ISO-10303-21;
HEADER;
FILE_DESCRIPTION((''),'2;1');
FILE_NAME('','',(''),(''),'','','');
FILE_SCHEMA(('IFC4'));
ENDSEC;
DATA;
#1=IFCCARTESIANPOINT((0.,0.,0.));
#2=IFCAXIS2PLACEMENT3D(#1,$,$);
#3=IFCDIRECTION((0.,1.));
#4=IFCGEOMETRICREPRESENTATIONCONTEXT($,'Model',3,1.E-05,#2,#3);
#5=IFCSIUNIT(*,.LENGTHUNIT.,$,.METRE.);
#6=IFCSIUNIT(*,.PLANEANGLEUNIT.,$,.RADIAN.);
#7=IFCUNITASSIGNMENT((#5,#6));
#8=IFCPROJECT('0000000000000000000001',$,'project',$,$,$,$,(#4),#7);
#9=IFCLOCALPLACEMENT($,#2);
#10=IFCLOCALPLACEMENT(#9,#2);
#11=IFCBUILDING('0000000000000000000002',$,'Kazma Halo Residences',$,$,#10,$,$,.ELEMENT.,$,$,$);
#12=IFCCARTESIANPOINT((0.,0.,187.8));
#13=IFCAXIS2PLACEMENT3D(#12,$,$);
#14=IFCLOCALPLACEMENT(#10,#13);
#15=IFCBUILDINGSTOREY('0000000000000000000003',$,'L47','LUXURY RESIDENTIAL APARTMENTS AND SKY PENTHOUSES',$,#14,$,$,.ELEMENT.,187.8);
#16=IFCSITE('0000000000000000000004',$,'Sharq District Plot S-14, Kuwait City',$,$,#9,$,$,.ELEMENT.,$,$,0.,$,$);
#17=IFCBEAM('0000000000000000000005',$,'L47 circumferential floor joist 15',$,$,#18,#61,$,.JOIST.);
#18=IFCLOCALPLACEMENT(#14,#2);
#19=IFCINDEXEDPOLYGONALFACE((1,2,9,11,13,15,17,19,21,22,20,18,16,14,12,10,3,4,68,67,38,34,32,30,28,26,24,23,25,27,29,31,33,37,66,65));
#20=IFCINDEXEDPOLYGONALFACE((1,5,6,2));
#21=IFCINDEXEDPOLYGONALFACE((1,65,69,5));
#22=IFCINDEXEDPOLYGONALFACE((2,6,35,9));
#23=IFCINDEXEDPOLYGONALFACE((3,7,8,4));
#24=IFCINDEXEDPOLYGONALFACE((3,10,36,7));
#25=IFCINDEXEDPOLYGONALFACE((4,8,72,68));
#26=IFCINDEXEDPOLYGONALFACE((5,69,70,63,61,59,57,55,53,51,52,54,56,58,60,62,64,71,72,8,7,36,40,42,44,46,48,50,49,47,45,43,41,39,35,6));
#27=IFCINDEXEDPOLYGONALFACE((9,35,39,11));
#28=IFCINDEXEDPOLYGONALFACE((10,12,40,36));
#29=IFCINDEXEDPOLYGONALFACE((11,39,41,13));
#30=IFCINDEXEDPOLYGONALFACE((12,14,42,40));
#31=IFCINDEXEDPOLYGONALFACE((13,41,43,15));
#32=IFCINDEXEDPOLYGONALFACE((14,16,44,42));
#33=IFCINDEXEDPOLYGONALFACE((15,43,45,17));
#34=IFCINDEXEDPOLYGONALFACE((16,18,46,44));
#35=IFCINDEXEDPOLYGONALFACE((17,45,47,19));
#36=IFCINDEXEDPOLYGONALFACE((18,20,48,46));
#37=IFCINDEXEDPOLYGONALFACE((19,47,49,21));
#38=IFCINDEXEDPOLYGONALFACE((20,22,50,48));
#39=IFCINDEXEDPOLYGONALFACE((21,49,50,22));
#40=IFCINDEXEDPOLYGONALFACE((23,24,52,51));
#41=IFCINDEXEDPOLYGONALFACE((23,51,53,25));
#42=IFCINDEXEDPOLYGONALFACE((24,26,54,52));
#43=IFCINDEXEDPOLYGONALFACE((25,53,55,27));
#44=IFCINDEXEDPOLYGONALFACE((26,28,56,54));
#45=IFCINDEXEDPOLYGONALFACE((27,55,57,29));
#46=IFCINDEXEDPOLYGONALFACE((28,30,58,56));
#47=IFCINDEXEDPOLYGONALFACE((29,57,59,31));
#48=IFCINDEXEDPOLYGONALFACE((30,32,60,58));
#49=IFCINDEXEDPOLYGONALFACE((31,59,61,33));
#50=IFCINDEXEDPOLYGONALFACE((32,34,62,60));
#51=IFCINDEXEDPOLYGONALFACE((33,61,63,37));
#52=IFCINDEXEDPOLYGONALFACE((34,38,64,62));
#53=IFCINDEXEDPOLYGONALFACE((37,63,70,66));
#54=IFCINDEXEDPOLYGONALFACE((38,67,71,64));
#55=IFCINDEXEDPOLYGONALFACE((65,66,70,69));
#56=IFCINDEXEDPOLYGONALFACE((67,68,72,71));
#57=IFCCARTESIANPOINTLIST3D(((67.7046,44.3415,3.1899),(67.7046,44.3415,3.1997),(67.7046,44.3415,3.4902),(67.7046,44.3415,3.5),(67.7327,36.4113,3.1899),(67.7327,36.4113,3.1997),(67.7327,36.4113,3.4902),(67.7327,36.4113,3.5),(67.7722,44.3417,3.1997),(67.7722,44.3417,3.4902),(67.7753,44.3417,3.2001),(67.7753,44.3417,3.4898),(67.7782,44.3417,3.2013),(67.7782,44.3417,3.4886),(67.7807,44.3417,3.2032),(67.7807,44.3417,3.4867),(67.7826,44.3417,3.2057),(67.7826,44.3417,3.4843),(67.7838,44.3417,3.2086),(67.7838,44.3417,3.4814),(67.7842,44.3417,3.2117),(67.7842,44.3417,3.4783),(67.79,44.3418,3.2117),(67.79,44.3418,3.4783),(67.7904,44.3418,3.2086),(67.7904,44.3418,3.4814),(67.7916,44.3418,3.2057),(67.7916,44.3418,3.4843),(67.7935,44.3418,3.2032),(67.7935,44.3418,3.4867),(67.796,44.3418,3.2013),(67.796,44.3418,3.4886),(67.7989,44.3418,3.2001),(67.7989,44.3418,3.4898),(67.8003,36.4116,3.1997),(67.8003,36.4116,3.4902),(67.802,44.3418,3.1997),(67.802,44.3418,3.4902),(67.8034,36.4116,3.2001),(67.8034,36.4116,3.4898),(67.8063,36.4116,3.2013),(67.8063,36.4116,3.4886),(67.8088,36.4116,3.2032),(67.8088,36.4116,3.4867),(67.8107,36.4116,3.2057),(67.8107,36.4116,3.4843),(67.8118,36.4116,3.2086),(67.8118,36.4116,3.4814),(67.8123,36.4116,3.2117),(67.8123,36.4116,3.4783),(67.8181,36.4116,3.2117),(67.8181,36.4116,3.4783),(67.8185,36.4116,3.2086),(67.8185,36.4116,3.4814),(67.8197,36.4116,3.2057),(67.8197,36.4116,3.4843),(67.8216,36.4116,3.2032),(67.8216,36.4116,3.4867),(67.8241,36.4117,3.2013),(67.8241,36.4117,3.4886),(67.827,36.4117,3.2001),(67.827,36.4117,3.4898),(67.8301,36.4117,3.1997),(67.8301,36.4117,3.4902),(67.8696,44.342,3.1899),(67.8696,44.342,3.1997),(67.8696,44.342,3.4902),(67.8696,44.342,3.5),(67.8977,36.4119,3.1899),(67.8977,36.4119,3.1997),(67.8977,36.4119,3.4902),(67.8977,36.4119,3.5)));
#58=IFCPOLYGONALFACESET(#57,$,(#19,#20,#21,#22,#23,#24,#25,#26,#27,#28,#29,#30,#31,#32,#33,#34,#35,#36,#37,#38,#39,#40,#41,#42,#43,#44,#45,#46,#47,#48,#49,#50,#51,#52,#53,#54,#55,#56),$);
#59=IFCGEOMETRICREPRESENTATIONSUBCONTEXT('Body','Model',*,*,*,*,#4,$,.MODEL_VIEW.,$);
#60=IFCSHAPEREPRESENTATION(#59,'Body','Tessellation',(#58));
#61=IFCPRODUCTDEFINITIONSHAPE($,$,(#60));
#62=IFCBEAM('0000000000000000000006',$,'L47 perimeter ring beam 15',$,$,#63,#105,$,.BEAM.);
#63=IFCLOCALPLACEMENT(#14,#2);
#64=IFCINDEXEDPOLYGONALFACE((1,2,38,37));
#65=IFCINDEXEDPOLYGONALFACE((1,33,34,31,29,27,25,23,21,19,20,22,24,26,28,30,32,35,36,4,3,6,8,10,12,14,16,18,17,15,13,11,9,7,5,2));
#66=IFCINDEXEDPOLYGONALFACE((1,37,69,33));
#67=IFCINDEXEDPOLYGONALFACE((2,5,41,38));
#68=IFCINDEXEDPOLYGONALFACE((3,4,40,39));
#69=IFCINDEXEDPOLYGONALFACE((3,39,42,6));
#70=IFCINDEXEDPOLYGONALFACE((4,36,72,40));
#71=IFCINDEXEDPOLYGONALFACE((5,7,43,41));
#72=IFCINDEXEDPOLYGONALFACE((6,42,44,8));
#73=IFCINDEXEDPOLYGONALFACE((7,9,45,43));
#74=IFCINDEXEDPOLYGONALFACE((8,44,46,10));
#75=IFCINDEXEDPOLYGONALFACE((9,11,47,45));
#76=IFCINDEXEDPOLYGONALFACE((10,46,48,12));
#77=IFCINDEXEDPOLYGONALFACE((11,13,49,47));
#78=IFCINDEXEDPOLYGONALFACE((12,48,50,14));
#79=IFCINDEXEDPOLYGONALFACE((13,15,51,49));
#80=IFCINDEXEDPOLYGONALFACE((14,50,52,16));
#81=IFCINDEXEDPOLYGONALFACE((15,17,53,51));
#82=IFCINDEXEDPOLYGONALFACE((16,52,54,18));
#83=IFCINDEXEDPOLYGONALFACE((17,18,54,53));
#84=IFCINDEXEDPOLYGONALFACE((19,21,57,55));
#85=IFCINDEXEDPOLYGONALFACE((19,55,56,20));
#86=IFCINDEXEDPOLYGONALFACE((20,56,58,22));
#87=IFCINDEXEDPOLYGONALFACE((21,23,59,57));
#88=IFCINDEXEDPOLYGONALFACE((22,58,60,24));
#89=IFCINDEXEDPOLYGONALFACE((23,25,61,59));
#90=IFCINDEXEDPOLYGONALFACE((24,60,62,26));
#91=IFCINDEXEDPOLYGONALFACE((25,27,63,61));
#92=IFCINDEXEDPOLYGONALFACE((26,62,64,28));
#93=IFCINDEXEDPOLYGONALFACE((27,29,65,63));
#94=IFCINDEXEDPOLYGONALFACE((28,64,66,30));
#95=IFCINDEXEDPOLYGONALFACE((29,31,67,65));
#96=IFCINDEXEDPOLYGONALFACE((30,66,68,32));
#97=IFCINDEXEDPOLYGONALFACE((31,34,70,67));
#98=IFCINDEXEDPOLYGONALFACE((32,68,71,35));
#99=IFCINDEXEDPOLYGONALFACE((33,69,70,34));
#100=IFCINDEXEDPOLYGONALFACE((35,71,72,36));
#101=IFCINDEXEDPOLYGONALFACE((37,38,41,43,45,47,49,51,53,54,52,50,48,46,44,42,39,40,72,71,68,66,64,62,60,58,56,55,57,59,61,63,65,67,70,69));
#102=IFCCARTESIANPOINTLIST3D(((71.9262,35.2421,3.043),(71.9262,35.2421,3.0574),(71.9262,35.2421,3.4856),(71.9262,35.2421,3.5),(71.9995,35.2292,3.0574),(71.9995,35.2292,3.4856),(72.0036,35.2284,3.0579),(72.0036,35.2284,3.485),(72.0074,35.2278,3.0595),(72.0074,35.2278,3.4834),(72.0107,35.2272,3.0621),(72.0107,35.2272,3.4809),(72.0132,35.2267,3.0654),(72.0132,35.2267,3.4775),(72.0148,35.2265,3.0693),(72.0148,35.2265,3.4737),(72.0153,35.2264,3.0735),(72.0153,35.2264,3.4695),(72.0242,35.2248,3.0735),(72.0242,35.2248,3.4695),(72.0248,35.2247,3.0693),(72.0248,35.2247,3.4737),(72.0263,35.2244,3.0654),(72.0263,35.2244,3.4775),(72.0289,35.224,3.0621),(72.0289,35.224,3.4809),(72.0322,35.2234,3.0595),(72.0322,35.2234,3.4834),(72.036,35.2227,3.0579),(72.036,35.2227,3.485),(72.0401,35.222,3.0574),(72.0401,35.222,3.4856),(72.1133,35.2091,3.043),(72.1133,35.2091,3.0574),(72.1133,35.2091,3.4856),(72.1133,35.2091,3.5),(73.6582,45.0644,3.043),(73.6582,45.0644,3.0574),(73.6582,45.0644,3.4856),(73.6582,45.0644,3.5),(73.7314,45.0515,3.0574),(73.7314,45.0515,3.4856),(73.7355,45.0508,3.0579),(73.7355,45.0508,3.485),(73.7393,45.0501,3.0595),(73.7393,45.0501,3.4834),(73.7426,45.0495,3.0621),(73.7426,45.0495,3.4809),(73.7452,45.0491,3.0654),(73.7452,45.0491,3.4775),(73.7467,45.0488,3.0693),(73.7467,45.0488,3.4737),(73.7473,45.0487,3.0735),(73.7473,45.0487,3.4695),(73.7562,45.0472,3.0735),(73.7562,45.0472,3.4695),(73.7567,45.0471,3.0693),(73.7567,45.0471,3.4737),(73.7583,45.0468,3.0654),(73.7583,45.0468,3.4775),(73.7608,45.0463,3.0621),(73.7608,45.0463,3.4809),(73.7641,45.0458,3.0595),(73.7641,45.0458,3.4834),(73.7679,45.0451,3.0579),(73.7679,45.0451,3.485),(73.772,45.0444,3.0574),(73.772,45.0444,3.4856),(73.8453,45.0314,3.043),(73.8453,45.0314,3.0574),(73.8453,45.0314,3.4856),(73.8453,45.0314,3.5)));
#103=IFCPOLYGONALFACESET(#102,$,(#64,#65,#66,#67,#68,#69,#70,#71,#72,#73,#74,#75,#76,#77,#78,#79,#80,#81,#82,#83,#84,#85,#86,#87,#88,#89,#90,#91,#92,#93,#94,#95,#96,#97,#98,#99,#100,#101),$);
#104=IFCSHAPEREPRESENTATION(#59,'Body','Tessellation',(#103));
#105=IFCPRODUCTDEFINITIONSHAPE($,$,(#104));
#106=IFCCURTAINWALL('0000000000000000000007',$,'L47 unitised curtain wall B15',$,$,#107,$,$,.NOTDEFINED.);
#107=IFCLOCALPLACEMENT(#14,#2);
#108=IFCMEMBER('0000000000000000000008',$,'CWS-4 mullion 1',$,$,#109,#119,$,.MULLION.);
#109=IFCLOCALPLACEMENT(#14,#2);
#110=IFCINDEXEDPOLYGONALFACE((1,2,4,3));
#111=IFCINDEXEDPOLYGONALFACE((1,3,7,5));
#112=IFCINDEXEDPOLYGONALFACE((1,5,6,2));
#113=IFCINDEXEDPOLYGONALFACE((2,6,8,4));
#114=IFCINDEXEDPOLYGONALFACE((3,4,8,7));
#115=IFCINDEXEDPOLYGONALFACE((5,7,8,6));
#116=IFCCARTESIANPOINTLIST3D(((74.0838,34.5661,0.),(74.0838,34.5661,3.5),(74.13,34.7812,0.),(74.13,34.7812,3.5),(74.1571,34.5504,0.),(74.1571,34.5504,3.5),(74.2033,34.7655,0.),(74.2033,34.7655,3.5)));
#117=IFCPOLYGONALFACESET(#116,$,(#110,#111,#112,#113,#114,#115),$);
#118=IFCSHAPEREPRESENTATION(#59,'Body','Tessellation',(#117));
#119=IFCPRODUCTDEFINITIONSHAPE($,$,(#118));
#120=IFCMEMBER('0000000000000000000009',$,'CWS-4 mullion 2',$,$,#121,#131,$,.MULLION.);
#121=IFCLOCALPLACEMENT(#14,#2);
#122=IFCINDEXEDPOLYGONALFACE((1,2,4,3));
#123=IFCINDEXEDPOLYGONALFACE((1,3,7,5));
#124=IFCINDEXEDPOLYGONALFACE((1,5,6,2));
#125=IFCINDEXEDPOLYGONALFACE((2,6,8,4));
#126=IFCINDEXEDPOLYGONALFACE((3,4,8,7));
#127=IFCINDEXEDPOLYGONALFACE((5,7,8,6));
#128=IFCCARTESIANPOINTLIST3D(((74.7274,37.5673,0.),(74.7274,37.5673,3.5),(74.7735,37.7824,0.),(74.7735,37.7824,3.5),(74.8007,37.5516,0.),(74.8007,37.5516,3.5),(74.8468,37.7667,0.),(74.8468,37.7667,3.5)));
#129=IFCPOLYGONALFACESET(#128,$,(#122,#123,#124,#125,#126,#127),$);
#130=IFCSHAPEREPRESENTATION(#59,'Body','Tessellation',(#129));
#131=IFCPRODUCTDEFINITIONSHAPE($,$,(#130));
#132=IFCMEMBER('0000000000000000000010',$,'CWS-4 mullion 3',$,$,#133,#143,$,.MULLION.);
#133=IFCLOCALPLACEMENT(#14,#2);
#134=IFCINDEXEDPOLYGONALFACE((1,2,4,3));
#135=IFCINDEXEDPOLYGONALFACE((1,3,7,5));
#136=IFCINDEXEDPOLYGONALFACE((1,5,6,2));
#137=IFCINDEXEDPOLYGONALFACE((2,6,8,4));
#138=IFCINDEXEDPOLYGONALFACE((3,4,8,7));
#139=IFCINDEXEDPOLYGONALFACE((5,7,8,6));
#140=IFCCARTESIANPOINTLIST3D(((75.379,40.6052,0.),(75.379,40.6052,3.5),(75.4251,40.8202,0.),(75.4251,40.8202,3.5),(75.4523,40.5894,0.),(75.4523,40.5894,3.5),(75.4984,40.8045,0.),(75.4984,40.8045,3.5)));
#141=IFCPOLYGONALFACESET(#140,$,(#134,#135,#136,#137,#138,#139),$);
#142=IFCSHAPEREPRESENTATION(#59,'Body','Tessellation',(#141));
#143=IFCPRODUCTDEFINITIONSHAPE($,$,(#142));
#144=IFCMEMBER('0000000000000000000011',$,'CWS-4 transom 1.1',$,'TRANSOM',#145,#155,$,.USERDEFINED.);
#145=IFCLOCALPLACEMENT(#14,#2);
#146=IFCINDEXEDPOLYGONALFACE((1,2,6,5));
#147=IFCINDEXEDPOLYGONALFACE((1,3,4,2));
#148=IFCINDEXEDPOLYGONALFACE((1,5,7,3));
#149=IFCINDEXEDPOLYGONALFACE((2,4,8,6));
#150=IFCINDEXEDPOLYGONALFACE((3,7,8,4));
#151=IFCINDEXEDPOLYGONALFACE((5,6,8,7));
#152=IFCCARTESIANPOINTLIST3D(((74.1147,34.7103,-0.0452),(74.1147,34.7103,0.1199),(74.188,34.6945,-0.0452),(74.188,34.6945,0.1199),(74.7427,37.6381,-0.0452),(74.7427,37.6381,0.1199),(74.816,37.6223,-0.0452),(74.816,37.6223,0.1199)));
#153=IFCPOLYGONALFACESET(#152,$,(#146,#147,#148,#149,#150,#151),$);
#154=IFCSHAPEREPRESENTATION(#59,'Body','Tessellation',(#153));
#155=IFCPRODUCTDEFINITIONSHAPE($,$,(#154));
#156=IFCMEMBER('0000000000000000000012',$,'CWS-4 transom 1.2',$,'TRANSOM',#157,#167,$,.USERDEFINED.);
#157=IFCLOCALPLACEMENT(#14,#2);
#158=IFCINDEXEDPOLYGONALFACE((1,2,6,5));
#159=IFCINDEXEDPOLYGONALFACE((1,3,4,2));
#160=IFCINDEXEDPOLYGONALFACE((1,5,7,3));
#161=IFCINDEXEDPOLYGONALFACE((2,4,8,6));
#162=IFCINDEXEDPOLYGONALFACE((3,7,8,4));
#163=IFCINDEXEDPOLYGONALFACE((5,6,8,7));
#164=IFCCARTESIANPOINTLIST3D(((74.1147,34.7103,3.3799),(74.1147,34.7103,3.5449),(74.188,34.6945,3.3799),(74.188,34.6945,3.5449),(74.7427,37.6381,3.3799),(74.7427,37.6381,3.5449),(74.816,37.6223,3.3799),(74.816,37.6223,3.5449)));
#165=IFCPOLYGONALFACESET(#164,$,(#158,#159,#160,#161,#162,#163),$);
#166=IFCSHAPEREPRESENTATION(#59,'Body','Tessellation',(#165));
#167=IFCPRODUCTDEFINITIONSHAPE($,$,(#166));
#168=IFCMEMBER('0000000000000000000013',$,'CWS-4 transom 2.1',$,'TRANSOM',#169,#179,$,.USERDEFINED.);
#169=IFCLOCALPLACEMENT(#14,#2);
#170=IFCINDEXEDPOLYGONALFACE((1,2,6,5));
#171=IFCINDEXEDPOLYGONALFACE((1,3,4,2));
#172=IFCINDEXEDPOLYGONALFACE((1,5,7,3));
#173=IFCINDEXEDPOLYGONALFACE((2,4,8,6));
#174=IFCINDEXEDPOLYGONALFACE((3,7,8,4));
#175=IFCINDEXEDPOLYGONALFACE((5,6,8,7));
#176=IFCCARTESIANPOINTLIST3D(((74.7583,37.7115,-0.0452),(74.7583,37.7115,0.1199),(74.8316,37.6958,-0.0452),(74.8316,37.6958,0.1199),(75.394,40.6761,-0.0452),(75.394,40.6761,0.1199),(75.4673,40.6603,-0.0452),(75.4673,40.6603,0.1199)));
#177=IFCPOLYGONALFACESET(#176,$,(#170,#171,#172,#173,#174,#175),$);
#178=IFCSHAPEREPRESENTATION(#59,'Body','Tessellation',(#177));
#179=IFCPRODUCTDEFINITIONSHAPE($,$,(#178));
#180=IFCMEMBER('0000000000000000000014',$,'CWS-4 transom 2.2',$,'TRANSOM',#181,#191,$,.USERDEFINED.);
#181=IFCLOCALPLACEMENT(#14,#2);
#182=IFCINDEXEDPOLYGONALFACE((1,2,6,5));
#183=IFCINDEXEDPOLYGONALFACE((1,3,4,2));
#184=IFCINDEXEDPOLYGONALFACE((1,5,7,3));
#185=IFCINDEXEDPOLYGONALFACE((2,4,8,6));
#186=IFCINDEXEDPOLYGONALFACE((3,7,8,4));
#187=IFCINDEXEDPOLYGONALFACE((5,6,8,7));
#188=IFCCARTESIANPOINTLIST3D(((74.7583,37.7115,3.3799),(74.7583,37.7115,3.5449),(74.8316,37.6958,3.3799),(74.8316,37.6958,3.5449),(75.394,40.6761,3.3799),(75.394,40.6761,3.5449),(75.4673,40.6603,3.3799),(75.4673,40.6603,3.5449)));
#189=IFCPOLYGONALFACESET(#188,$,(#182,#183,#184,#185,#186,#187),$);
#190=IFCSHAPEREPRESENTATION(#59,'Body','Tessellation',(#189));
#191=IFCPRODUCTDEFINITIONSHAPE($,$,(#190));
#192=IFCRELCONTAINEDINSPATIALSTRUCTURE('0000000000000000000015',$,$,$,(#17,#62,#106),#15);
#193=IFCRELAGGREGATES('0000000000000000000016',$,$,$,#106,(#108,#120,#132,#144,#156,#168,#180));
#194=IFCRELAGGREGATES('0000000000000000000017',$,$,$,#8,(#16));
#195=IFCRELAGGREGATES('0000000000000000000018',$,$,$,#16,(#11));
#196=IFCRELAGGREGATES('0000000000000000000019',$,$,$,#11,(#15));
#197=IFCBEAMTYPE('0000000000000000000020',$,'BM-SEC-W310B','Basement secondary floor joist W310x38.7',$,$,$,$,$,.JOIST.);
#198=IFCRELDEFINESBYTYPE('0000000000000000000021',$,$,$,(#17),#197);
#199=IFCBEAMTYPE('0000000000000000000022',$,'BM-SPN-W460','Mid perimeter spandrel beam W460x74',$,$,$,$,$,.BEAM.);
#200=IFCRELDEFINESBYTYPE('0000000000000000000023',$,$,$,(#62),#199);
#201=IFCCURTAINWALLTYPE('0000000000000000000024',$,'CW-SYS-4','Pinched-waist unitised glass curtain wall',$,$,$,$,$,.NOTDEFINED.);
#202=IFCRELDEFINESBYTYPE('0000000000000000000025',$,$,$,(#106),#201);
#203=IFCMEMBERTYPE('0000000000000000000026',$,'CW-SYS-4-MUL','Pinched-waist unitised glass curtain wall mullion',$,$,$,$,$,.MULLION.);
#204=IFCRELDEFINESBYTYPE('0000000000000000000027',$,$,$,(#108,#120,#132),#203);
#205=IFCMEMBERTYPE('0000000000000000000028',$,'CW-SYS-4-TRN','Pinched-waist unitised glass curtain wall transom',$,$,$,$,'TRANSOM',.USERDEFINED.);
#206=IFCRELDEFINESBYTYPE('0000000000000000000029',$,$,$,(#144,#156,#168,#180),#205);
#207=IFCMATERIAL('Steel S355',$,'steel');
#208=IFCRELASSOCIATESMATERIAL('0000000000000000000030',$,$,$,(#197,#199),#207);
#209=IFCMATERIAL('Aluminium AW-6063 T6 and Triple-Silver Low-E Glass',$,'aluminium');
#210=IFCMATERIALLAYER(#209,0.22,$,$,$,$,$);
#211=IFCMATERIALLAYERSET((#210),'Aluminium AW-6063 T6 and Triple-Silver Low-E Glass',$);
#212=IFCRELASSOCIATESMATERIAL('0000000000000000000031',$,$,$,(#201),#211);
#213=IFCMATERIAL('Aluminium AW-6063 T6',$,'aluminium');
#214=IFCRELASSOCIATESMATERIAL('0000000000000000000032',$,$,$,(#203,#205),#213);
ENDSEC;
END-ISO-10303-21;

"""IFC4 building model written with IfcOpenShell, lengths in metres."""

from ifc_helpers import new_model, si_unit, direction, frame, origin, origin_2d, place, context, subcontext, project, spatial, rectangle, i_section, extrude, material, layer, layer_set, material_profile, profile_set, type_object, element, aggregate, save


model = new_model("IFC4")

# Units and contexts
model_context = context("Model", 3, precision=1e-05, world=origin(), true_north=direction((0.0, 1.0)))
body_context = subcontext(model_context, "Body", "Model", "MODEL_VIEW")
ifc_project = project(units=[si_unit("LENGTHUNIT", "METRE"), si_unit("PLANEANGLEUNIT", "RADIAN")], contexts=[model_context])

# Site, building, storey
site_placement = place(None, origin())
site = spatial("IfcSite", under=ifc_project, at=site_placement, Name="Sharq District Plot S-14, Kuwait City", CompositionType="ELEMENT", RefElevation=0.0)
building_placement = place(site_placement, origin())
building = spatial("IfcBuilding", under=site, at=building_placement, Name="Kazma Halo Residences", CompositionType="ELEMENT")
storey_placement = place(building_placement, frame((0.0, 0.0, 187.8)))
storey = spatial("IfcBuildingStorey", under=building, at=storey_placement, Name="L47", Description="LUXURY RESIDENTIAL APARTMENTS AND SKY PENTHOUSES", CompositionType="ELEMENT", Elevation=187.8)

# Beams
ifc_material_1 = material(Name="Steel S355", Category="steel")
ifc_material_profile_1 = material_profile(ifc_material_1, i_section(OverallWidth=0.165, OverallDepth=0.3101, WebThickness=0.0059, FlangeThickness=0.0098, FilletRadius=0.012, at=origin_2d()), Name="W310x38.7")
ifc_profile_set_1 = profile_set([ifc_material_profile_1], Name="Steel S355")
beam_type_1 = type_object("IfcBeamType", Name="BM-SEC-W310B", Description="Basement secondary floor joist W310x38.7", PredefinedType="JOIST", material=ifc_profile_set_1)
beam_1_placement = place(storey_placement, frame((67.8152, 36.4116, 3.345), z_axis=(-0.00354, 0.999994, 0.0), x_axis=(-0.999994, -0.00354, 0.0)))
element("IfcBeam", 1, at=beam_1_placement, inside=storey, type_object=beam_type_1, Name="L47 circumferential floor joist 15", PredefinedType="JOIST", context=body_context, shape_type="SweptSolid", body=[
    extrude(i_section(OverallWidth=0.165, OverallDepth=0.3101, WebThickness=0.0059, FlangeThickness=0.0098, FilletRadius=0.012, at=origin_2d()), origin(), (0.0, 0.0, 1.0), 7.9302),
])
ifc_material_profile_2 = material_profile(ifc_material_1, i_section(OverallWidth=0.1899, OverallDepth=0.457, WebThickness=0.009, FlangeThickness=0.0144, FilletRadius=0.0161, at=origin_2d()), Name="W460x74")
ifc_profile_set_2 = profile_set([ifc_material_profile_2], Name="Steel S355")
beam_type_2 = type_object("IfcBeamType", Name="BM-SPN-W460", Description="Mid perimeter spandrel beam W460x74", PredefinedType="BEAM", material=ifc_profile_set_2)
beam_2_placement = place(storey_placement, frame((72.0198, 35.2256, 3.2715), z_axis=(0.173648, 0.984808, 0.0), x_axis=(-0.984808, 0.173648, 0.0)))
element("IfcBeam", 2, at=beam_2_placement, inside=storey, type_object=beam_type_2, Name="L47 perimeter ring beam 15", PredefinedType="BEAM", context=body_context, shape_type="SweptSolid", body=[
    extrude(i_section(OverallWidth=0.1899, OverallDepth=0.457, WebThickness=0.009, FlangeThickness=0.0144, FilletRadius=0.0161, at=origin_2d()), origin(), (0.0, 0.0, 1.0), 9.9739),
])

# Curtain wall, members
ifc_material_2 = material(Name="Aluminium AW-6063 T6 and Triple-Silver Low-E Glass", Category="aluminium")
ifc_layer_1 = layer(ifc_material_2, 0.22)
ifc_layer_set_1 = layer_set([ifc_layer_1], Name="Aluminium AW-6063 T6 and Triple-Silver Low-E Glass")
curtain_wall_type = type_object("IfcCurtainWallType", Name="CW-SYS-4", Description="Pinched-waist unitised glass curtain wall", PredefinedType="NOTDEFINED", material=ifc_layer_set_1)
curtain_wall_placement = place(storey_placement, origin())
curtain_wall = element("IfcCurtainWall", 3, at=curtain_wall_placement, inside=storey, type_object=curtain_wall_type, Name="L47 unitised curtain wall B15", PredefinedType="NOTDEFINED")
ifc_material_3 = material(Name="Aluminium AW-6063 T6", Category="aluminium")
ifc_material_profile_3 = material_profile(ifc_material_3, rectangle(XDim=0.075, YDim=0.22, at=origin_2d()), Name="CWM-75x220")
ifc_profile_set_3 = profile_set([ifc_material_profile_3], Name="Aluminium AW-6063 T6")
member_type_1 = type_object("IfcMemberType", Name="CW-SYS-4-MUL", Description="Pinched-waist unitised glass curtain wall mullion", PredefinedType="MULLION", material=ifc_profile_set_3)
member_1_placement = place(storey_placement, frame((74.1436, 34.6658, 0.0), z_axis=(0.0, 0.0, 1.0), x_axis=(-0.977768, 0.20969, 0.0)))
member_1 = element("IfcMember", 4, at=member_1_placement, type_object=member_type_1, Name="CWS-4 mullion 1", PredefinedType="MULLION", context=body_context, shape_type="SweptSolid", body=[
    extrude(rectangle(XDim=0.075, YDim=0.22, at=origin_2d()), origin(), (0.0, 0.0, 1.0), 3.5),
])
member_2_placement = place(storey_placement, frame((74.7871, 37.667, 0.0), z_axis=(0.0, 0.0, 1.0), x_axis=(-0.977768, 0.20969, 0.0)))
member_2 = element("IfcMember", 5, at=member_2_placement, type_object=member_type_1, Name="CWS-4 mullion 2", PredefinedType="MULLION", context=body_context, shape_type="SweptSolid", body=[
    extrude(rectangle(XDim=0.075, YDim=0.22, at=origin_2d()), origin(), (0.0, 0.0, 1.0), 3.5),
])
member_3_placement = place(storey_placement, frame((75.4387, 40.7048, 0.0), z_axis=(0.0, 0.0, 1.0), x_axis=(-0.977768, 0.20969, 0.0)))
member_3 = element("IfcMember", 6, at=member_3_placement, type_object=member_type_1, Name="CWS-4 mullion 3", PredefinedType="MULLION", context=body_context, shape_type="SweptSolid", body=[
    extrude(rectangle(XDim=0.075, YDim=0.22, at=origin_2d()), origin(), (0.0, 0.0, 1.0), 3.5),
])
ifc_material_profile_4 = material_profile(ifc_material_3, rectangle(XDim=0.075, YDim=0.165, at=origin_2d()), Name="CWT-75x165")
ifc_profile_set_4 = profile_set([ifc_material_profile_4], Name="Aluminium AW-6063 T6")
member_type_2 = type_object("IfcMemberType", Name="CW-SYS-4-TRN", Description="Pinched-waist unitised glass curtain wall transom", ElementType="TRANSOM", PredefinedType="USERDEFINED", material=ifc_profile_set_4)
member_4_placement = place(storey_placement, frame((74.1514, 34.7024, 0.0374), z_axis=(0.209707, 0.977764, 0.0), x_axis=(-0.977764, 0.209707, 0.0)))
member_4 = element("IfcMember", 7, at=member_4_placement, type_object=member_type_2, Name="CWS-4 transom 1.1", ObjectType="TRANSOM", PredefinedType="USERDEFINED", context=body_context, shape_type="SweptSolid", body=[
    extrude(rectangle(XDim=0.075, YDim=0.165, at=origin_2d()), origin(), (0.0, 0.0, 1.0), 2.9944),
])
member_5_placement = place(storey_placement, frame((74.1514, 34.7024, 3.4624), z_axis=(0.209707, 0.977764, 0.0), x_axis=(-0.977764, 0.209707, 0.0)))
member_5 = element("IfcMember", 8, at=member_5_placement, type_object=member_type_2, Name="CWS-4 transom 1.2", ObjectType="TRANSOM", PredefinedType="USERDEFINED", context=body_context, shape_type="SweptSolid", body=[
    extrude(rectangle(XDim=0.075, YDim=0.165, at=origin_2d()), origin(), (0.0, 0.0, 1.0), 2.9944),
])
member_6_placement = place(storey_placement, frame((74.7949, 37.7036, 0.0374), z_axis=(0.209678, 0.977771, 0.0), x_axis=(-0.977771, 0.209678, 0.0)))
member_6 = element("IfcMember", 9, at=member_6_placement, type_object=member_type_2, Name="CWS-4 transom 2.1", ObjectType="TRANSOM", PredefinedType="USERDEFINED", context=body_context, shape_type="SweptSolid", body=[
    extrude(rectangle(XDim=0.075, YDim=0.165, at=origin_2d()), origin(), (0.0, 0.0, 1.0), 3.032),
])
member_7_placement = place(storey_placement, frame((74.7949, 37.7036, 3.4624), z_axis=(0.209678, 0.977771, 0.0), x_axis=(-0.977771, 0.209678, 0.0)))
member_7 = element("IfcMember", 10, at=member_7_placement, type_object=member_type_2, Name="CWS-4 transom 2.2", ObjectType="TRANSOM", PredefinedType="USERDEFINED", context=body_context, shape_type="SweptSolid", body=[
    extrude(rectangle(XDim=0.075, YDim=0.165, at=origin_2d()), origin(), (0.0, 0.0, 1.0), 3.032),
])
aggregate(curtain_wall, [member_1, member_2, member_3, member_4, member_5, member_6, member_7])

save(model, "model.ifc")
